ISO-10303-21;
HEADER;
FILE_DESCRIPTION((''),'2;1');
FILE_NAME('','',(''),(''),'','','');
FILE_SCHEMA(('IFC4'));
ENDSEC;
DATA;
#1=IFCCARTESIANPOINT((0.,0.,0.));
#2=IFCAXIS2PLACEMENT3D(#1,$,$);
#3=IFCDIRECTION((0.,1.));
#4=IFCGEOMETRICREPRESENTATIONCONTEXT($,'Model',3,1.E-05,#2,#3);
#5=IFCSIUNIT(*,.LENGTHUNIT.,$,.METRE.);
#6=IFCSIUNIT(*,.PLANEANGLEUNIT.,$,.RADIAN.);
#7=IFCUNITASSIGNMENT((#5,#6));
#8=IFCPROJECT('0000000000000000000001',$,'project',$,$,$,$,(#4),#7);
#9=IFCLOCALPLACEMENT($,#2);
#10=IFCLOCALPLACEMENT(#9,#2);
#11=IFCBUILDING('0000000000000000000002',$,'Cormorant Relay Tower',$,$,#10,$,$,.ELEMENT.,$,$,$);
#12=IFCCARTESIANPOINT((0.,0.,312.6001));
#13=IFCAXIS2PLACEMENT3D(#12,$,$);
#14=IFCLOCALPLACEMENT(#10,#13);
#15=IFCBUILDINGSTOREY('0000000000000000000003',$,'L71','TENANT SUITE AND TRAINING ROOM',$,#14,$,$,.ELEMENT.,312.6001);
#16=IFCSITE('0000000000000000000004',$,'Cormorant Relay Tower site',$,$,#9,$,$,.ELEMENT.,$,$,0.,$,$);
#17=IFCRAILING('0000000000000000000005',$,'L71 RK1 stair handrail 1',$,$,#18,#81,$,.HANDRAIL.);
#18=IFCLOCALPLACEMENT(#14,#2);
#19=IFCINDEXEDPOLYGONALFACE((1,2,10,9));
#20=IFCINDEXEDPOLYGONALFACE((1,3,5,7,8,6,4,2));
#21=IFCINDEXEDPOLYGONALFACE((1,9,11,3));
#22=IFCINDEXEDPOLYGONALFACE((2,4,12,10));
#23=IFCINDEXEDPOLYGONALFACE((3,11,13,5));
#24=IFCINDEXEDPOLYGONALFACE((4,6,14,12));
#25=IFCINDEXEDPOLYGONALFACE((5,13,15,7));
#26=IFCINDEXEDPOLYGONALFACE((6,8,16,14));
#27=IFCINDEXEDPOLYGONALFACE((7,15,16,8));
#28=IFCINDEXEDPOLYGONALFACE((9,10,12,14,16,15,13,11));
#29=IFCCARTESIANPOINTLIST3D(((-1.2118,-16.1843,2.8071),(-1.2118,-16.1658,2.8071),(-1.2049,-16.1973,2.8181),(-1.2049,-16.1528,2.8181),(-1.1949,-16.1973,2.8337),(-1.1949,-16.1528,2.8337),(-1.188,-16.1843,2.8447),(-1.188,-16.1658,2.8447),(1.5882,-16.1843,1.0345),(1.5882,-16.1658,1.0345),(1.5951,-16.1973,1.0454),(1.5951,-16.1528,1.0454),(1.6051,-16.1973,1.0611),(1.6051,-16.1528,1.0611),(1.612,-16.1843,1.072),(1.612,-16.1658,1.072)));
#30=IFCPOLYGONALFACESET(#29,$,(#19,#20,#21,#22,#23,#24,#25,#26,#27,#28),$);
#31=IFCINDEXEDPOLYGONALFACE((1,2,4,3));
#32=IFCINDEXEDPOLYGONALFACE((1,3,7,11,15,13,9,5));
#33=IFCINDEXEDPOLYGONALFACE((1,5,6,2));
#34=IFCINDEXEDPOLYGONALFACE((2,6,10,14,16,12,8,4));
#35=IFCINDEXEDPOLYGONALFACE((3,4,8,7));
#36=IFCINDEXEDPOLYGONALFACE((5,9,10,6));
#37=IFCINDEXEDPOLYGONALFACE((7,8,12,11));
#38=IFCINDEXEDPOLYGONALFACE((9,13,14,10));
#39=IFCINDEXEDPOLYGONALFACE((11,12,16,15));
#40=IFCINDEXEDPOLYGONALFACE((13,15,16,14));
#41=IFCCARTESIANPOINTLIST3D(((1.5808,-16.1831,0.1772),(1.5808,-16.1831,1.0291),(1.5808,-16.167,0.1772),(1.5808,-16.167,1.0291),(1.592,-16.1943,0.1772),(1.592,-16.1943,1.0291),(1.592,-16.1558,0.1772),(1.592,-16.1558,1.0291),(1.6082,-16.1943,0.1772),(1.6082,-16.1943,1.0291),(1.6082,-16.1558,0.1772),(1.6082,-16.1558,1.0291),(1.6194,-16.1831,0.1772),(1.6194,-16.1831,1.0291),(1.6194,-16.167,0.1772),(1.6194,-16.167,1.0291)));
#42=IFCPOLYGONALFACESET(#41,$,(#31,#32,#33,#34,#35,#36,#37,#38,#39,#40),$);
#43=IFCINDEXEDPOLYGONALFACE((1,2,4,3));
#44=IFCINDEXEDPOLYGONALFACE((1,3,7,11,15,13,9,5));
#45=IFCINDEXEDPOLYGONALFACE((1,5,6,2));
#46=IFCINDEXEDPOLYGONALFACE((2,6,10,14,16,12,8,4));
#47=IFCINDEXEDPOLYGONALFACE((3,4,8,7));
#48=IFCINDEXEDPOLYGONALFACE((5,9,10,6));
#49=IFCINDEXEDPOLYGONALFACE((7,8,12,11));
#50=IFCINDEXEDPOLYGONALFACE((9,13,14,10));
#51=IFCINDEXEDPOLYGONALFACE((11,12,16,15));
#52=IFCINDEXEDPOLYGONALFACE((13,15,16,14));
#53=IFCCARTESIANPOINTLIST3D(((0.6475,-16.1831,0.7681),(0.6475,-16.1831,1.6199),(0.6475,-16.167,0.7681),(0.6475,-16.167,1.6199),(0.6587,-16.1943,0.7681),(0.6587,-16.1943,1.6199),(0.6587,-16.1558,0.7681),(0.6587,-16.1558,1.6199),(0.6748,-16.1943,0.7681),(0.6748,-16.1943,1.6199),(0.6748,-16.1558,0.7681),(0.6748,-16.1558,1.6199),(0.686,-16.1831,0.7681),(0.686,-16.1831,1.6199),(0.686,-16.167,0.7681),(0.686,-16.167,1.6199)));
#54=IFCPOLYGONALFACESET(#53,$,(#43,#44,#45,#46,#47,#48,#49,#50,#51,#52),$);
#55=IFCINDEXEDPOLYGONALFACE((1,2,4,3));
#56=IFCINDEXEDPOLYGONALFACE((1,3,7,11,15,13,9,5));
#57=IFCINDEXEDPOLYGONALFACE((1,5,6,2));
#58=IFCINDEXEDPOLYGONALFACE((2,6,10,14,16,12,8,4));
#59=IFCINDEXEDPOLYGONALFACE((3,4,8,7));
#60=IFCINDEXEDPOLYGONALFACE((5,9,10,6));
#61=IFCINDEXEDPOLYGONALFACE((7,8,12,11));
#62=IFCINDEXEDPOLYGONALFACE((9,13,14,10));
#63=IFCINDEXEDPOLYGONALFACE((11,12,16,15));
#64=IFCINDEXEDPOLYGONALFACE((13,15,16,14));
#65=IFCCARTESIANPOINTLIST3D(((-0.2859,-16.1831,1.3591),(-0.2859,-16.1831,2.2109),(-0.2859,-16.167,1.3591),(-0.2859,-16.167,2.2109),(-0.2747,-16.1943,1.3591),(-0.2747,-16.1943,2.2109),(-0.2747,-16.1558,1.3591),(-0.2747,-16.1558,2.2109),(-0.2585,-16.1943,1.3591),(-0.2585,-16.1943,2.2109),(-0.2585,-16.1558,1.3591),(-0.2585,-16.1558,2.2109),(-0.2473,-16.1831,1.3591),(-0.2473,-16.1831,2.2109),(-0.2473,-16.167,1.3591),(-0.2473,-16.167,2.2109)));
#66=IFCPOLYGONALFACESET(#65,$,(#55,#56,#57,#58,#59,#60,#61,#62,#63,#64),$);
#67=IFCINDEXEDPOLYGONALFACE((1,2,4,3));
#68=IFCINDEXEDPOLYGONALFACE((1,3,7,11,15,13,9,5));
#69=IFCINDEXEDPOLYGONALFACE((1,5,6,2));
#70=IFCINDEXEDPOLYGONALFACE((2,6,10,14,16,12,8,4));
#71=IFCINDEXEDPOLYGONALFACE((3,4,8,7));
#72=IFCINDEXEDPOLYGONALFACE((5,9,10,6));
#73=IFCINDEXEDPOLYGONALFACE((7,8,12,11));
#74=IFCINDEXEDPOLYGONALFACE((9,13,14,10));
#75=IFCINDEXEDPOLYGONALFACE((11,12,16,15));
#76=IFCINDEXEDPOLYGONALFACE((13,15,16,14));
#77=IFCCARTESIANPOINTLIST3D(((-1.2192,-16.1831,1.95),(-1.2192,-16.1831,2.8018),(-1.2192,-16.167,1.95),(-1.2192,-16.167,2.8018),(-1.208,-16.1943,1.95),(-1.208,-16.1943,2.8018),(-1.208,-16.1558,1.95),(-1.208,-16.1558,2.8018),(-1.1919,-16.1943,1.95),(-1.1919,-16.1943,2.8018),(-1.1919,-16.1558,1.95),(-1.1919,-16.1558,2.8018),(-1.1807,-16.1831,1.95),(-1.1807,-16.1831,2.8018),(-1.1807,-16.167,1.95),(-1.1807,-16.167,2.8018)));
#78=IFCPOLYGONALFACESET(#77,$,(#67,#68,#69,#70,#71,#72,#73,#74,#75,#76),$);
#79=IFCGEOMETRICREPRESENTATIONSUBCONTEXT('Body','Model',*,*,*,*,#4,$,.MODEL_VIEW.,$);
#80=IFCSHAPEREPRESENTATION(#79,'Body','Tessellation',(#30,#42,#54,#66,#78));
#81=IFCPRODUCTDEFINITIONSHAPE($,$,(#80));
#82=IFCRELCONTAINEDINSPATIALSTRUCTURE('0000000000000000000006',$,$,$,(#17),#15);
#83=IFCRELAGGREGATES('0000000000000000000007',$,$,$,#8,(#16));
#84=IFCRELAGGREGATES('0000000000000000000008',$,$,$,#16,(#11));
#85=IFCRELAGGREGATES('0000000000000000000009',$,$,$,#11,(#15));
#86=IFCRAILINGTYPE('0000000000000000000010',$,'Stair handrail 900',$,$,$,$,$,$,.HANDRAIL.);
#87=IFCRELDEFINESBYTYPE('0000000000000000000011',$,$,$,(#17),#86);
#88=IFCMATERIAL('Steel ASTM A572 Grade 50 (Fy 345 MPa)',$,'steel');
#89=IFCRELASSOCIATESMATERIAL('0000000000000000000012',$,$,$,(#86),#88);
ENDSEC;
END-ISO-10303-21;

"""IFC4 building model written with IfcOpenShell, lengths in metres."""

from ifc_helpers import new_model, si_unit, direction, frame, origin, place, context, subcontext, project, spatial, polyline, outline, extrude, material, type_object, element, save


model = new_model("IFC4")

# Units and contexts
model_context = context("Model", 3, precision=1e-05, world=origin(), true_north=direction((0.0, 1.0)))
body_context = subcontext(model_context, "Body", "Model", "MODEL_VIEW")
ifc_project = project(units=[si_unit("LENGTHUNIT", "METRE"), si_unit("PLANEANGLEUNIT", "RADIAN")], contexts=[model_context])

# Site, building, storey
site_placement = place(None, origin())
site = spatial("IfcSite", under=ifc_project, at=site_placement, Name="Cormorant Relay Tower site", CompositionType="ELEMENT", RefElevation=0.0)
building_placement = place(site_placement, origin())
building = spatial("IfcBuilding", under=site, at=building_placement, Name="Cormorant Relay Tower", CompositionType="ELEMENT")
storey_placement = place(building_placement, frame((0.0, 0.0, 312.6001)))
storey = spatial("IfcBuildingStorey", under=building, at=storey_placement, Name="L71", Description="TENANT SUITE AND TRAINING ROOM", CompositionType="ELEMENT", Elevation=312.6001)

# Railing
ifc_material_1 = material(Name="Steel ASTM A572 Grade 50 (Fy 345 MPa)", Category="steel")
railing_type = type_object("IfcRailingType", Name="Stair handrail 900", PredefinedType="HANDRAIL", material=ifc_material_1)
railing_placement = place(storey_placement, frame((1.6001, -16.175, 0.1772)))
element("IfcRailing", 1, at=railing_placement, inside=storey, type_object=railing_type, Name="L71 RK1 stair handrail 1", PredefinedType="HANDRAIL", context=body_context, shape_type="SweptSolid", body=[
    extrude(outline(polyline([(0.0222, 0.0093), (0.0093, 0.0222), (-0.0093, 0.0222), (-0.0222, 0.0093), (-0.0222, -0.0093), (-0.0093, -0.0222), (0.0093, -0.0222), (0.0222, -0.0093), (0.0222, 0.0093)])), frame((0.0, 0.0, 0.876), z_axis=(-0.844909, 0.0, 0.53491), x_axis=(0.0, -1.0, 0.0)), (0.0, 0.0, 1.0), 3.314),
    extrude(outline(polyline([(0.0193, 0.0081), (0.0081, 0.0193), (-0.0081, 0.0193), (-0.0193, 0.0081), (-0.0193, -0.0081), (-0.0081, -0.0193), (0.0081, -0.0193), (0.0193, -0.0081), (0.0193, 0.0081)])), origin(), (0.0, 0.0, 1.0), 0.8518),
    extrude(outline(polyline([(0.0193, 0.0081), (0.0081, 0.0193), (-0.0081, 0.0193), (-0.0193, 0.0081), (-0.0193, -0.0081), (-0.0081, -0.0193), (0.0081, -0.0193), (0.0193, -0.0081), (0.0193, 0.0081)])), frame((-0.9333, 0.0, 0.5908)), (0.0, 0.0, 1.0), 0.8518),
    extrude(outline(polyline([(0.0193, 0.0081), (0.0081, 0.0193), (-0.0081, 0.0193), (-0.0193, 0.0081), (-0.0193, -0.0081), (-0.0081, -0.0193), (0.0081, -0.0193), (0.0193, -0.0081), (0.0193, 0.0081)])), frame((-1.8667, 0.0, 1.1819)), (0.0, 0.0, 1.0), 0.8518),
    extrude(outline(polyline([(0.0193, 0.0081), (0.0081, 0.0193), (-0.0081, 0.0193), (-0.0193, 0.0081), (-0.0193, -0.0081), (-0.0081, -0.0193), (0.0081, -0.0193), (0.0193, -0.0081), (0.0193, 0.0081)])), frame((-2.8, 0.0, 1.7727)), (0.0, 0.0, 1.0), 0.8518),
])

save(model, "model.ifc")
